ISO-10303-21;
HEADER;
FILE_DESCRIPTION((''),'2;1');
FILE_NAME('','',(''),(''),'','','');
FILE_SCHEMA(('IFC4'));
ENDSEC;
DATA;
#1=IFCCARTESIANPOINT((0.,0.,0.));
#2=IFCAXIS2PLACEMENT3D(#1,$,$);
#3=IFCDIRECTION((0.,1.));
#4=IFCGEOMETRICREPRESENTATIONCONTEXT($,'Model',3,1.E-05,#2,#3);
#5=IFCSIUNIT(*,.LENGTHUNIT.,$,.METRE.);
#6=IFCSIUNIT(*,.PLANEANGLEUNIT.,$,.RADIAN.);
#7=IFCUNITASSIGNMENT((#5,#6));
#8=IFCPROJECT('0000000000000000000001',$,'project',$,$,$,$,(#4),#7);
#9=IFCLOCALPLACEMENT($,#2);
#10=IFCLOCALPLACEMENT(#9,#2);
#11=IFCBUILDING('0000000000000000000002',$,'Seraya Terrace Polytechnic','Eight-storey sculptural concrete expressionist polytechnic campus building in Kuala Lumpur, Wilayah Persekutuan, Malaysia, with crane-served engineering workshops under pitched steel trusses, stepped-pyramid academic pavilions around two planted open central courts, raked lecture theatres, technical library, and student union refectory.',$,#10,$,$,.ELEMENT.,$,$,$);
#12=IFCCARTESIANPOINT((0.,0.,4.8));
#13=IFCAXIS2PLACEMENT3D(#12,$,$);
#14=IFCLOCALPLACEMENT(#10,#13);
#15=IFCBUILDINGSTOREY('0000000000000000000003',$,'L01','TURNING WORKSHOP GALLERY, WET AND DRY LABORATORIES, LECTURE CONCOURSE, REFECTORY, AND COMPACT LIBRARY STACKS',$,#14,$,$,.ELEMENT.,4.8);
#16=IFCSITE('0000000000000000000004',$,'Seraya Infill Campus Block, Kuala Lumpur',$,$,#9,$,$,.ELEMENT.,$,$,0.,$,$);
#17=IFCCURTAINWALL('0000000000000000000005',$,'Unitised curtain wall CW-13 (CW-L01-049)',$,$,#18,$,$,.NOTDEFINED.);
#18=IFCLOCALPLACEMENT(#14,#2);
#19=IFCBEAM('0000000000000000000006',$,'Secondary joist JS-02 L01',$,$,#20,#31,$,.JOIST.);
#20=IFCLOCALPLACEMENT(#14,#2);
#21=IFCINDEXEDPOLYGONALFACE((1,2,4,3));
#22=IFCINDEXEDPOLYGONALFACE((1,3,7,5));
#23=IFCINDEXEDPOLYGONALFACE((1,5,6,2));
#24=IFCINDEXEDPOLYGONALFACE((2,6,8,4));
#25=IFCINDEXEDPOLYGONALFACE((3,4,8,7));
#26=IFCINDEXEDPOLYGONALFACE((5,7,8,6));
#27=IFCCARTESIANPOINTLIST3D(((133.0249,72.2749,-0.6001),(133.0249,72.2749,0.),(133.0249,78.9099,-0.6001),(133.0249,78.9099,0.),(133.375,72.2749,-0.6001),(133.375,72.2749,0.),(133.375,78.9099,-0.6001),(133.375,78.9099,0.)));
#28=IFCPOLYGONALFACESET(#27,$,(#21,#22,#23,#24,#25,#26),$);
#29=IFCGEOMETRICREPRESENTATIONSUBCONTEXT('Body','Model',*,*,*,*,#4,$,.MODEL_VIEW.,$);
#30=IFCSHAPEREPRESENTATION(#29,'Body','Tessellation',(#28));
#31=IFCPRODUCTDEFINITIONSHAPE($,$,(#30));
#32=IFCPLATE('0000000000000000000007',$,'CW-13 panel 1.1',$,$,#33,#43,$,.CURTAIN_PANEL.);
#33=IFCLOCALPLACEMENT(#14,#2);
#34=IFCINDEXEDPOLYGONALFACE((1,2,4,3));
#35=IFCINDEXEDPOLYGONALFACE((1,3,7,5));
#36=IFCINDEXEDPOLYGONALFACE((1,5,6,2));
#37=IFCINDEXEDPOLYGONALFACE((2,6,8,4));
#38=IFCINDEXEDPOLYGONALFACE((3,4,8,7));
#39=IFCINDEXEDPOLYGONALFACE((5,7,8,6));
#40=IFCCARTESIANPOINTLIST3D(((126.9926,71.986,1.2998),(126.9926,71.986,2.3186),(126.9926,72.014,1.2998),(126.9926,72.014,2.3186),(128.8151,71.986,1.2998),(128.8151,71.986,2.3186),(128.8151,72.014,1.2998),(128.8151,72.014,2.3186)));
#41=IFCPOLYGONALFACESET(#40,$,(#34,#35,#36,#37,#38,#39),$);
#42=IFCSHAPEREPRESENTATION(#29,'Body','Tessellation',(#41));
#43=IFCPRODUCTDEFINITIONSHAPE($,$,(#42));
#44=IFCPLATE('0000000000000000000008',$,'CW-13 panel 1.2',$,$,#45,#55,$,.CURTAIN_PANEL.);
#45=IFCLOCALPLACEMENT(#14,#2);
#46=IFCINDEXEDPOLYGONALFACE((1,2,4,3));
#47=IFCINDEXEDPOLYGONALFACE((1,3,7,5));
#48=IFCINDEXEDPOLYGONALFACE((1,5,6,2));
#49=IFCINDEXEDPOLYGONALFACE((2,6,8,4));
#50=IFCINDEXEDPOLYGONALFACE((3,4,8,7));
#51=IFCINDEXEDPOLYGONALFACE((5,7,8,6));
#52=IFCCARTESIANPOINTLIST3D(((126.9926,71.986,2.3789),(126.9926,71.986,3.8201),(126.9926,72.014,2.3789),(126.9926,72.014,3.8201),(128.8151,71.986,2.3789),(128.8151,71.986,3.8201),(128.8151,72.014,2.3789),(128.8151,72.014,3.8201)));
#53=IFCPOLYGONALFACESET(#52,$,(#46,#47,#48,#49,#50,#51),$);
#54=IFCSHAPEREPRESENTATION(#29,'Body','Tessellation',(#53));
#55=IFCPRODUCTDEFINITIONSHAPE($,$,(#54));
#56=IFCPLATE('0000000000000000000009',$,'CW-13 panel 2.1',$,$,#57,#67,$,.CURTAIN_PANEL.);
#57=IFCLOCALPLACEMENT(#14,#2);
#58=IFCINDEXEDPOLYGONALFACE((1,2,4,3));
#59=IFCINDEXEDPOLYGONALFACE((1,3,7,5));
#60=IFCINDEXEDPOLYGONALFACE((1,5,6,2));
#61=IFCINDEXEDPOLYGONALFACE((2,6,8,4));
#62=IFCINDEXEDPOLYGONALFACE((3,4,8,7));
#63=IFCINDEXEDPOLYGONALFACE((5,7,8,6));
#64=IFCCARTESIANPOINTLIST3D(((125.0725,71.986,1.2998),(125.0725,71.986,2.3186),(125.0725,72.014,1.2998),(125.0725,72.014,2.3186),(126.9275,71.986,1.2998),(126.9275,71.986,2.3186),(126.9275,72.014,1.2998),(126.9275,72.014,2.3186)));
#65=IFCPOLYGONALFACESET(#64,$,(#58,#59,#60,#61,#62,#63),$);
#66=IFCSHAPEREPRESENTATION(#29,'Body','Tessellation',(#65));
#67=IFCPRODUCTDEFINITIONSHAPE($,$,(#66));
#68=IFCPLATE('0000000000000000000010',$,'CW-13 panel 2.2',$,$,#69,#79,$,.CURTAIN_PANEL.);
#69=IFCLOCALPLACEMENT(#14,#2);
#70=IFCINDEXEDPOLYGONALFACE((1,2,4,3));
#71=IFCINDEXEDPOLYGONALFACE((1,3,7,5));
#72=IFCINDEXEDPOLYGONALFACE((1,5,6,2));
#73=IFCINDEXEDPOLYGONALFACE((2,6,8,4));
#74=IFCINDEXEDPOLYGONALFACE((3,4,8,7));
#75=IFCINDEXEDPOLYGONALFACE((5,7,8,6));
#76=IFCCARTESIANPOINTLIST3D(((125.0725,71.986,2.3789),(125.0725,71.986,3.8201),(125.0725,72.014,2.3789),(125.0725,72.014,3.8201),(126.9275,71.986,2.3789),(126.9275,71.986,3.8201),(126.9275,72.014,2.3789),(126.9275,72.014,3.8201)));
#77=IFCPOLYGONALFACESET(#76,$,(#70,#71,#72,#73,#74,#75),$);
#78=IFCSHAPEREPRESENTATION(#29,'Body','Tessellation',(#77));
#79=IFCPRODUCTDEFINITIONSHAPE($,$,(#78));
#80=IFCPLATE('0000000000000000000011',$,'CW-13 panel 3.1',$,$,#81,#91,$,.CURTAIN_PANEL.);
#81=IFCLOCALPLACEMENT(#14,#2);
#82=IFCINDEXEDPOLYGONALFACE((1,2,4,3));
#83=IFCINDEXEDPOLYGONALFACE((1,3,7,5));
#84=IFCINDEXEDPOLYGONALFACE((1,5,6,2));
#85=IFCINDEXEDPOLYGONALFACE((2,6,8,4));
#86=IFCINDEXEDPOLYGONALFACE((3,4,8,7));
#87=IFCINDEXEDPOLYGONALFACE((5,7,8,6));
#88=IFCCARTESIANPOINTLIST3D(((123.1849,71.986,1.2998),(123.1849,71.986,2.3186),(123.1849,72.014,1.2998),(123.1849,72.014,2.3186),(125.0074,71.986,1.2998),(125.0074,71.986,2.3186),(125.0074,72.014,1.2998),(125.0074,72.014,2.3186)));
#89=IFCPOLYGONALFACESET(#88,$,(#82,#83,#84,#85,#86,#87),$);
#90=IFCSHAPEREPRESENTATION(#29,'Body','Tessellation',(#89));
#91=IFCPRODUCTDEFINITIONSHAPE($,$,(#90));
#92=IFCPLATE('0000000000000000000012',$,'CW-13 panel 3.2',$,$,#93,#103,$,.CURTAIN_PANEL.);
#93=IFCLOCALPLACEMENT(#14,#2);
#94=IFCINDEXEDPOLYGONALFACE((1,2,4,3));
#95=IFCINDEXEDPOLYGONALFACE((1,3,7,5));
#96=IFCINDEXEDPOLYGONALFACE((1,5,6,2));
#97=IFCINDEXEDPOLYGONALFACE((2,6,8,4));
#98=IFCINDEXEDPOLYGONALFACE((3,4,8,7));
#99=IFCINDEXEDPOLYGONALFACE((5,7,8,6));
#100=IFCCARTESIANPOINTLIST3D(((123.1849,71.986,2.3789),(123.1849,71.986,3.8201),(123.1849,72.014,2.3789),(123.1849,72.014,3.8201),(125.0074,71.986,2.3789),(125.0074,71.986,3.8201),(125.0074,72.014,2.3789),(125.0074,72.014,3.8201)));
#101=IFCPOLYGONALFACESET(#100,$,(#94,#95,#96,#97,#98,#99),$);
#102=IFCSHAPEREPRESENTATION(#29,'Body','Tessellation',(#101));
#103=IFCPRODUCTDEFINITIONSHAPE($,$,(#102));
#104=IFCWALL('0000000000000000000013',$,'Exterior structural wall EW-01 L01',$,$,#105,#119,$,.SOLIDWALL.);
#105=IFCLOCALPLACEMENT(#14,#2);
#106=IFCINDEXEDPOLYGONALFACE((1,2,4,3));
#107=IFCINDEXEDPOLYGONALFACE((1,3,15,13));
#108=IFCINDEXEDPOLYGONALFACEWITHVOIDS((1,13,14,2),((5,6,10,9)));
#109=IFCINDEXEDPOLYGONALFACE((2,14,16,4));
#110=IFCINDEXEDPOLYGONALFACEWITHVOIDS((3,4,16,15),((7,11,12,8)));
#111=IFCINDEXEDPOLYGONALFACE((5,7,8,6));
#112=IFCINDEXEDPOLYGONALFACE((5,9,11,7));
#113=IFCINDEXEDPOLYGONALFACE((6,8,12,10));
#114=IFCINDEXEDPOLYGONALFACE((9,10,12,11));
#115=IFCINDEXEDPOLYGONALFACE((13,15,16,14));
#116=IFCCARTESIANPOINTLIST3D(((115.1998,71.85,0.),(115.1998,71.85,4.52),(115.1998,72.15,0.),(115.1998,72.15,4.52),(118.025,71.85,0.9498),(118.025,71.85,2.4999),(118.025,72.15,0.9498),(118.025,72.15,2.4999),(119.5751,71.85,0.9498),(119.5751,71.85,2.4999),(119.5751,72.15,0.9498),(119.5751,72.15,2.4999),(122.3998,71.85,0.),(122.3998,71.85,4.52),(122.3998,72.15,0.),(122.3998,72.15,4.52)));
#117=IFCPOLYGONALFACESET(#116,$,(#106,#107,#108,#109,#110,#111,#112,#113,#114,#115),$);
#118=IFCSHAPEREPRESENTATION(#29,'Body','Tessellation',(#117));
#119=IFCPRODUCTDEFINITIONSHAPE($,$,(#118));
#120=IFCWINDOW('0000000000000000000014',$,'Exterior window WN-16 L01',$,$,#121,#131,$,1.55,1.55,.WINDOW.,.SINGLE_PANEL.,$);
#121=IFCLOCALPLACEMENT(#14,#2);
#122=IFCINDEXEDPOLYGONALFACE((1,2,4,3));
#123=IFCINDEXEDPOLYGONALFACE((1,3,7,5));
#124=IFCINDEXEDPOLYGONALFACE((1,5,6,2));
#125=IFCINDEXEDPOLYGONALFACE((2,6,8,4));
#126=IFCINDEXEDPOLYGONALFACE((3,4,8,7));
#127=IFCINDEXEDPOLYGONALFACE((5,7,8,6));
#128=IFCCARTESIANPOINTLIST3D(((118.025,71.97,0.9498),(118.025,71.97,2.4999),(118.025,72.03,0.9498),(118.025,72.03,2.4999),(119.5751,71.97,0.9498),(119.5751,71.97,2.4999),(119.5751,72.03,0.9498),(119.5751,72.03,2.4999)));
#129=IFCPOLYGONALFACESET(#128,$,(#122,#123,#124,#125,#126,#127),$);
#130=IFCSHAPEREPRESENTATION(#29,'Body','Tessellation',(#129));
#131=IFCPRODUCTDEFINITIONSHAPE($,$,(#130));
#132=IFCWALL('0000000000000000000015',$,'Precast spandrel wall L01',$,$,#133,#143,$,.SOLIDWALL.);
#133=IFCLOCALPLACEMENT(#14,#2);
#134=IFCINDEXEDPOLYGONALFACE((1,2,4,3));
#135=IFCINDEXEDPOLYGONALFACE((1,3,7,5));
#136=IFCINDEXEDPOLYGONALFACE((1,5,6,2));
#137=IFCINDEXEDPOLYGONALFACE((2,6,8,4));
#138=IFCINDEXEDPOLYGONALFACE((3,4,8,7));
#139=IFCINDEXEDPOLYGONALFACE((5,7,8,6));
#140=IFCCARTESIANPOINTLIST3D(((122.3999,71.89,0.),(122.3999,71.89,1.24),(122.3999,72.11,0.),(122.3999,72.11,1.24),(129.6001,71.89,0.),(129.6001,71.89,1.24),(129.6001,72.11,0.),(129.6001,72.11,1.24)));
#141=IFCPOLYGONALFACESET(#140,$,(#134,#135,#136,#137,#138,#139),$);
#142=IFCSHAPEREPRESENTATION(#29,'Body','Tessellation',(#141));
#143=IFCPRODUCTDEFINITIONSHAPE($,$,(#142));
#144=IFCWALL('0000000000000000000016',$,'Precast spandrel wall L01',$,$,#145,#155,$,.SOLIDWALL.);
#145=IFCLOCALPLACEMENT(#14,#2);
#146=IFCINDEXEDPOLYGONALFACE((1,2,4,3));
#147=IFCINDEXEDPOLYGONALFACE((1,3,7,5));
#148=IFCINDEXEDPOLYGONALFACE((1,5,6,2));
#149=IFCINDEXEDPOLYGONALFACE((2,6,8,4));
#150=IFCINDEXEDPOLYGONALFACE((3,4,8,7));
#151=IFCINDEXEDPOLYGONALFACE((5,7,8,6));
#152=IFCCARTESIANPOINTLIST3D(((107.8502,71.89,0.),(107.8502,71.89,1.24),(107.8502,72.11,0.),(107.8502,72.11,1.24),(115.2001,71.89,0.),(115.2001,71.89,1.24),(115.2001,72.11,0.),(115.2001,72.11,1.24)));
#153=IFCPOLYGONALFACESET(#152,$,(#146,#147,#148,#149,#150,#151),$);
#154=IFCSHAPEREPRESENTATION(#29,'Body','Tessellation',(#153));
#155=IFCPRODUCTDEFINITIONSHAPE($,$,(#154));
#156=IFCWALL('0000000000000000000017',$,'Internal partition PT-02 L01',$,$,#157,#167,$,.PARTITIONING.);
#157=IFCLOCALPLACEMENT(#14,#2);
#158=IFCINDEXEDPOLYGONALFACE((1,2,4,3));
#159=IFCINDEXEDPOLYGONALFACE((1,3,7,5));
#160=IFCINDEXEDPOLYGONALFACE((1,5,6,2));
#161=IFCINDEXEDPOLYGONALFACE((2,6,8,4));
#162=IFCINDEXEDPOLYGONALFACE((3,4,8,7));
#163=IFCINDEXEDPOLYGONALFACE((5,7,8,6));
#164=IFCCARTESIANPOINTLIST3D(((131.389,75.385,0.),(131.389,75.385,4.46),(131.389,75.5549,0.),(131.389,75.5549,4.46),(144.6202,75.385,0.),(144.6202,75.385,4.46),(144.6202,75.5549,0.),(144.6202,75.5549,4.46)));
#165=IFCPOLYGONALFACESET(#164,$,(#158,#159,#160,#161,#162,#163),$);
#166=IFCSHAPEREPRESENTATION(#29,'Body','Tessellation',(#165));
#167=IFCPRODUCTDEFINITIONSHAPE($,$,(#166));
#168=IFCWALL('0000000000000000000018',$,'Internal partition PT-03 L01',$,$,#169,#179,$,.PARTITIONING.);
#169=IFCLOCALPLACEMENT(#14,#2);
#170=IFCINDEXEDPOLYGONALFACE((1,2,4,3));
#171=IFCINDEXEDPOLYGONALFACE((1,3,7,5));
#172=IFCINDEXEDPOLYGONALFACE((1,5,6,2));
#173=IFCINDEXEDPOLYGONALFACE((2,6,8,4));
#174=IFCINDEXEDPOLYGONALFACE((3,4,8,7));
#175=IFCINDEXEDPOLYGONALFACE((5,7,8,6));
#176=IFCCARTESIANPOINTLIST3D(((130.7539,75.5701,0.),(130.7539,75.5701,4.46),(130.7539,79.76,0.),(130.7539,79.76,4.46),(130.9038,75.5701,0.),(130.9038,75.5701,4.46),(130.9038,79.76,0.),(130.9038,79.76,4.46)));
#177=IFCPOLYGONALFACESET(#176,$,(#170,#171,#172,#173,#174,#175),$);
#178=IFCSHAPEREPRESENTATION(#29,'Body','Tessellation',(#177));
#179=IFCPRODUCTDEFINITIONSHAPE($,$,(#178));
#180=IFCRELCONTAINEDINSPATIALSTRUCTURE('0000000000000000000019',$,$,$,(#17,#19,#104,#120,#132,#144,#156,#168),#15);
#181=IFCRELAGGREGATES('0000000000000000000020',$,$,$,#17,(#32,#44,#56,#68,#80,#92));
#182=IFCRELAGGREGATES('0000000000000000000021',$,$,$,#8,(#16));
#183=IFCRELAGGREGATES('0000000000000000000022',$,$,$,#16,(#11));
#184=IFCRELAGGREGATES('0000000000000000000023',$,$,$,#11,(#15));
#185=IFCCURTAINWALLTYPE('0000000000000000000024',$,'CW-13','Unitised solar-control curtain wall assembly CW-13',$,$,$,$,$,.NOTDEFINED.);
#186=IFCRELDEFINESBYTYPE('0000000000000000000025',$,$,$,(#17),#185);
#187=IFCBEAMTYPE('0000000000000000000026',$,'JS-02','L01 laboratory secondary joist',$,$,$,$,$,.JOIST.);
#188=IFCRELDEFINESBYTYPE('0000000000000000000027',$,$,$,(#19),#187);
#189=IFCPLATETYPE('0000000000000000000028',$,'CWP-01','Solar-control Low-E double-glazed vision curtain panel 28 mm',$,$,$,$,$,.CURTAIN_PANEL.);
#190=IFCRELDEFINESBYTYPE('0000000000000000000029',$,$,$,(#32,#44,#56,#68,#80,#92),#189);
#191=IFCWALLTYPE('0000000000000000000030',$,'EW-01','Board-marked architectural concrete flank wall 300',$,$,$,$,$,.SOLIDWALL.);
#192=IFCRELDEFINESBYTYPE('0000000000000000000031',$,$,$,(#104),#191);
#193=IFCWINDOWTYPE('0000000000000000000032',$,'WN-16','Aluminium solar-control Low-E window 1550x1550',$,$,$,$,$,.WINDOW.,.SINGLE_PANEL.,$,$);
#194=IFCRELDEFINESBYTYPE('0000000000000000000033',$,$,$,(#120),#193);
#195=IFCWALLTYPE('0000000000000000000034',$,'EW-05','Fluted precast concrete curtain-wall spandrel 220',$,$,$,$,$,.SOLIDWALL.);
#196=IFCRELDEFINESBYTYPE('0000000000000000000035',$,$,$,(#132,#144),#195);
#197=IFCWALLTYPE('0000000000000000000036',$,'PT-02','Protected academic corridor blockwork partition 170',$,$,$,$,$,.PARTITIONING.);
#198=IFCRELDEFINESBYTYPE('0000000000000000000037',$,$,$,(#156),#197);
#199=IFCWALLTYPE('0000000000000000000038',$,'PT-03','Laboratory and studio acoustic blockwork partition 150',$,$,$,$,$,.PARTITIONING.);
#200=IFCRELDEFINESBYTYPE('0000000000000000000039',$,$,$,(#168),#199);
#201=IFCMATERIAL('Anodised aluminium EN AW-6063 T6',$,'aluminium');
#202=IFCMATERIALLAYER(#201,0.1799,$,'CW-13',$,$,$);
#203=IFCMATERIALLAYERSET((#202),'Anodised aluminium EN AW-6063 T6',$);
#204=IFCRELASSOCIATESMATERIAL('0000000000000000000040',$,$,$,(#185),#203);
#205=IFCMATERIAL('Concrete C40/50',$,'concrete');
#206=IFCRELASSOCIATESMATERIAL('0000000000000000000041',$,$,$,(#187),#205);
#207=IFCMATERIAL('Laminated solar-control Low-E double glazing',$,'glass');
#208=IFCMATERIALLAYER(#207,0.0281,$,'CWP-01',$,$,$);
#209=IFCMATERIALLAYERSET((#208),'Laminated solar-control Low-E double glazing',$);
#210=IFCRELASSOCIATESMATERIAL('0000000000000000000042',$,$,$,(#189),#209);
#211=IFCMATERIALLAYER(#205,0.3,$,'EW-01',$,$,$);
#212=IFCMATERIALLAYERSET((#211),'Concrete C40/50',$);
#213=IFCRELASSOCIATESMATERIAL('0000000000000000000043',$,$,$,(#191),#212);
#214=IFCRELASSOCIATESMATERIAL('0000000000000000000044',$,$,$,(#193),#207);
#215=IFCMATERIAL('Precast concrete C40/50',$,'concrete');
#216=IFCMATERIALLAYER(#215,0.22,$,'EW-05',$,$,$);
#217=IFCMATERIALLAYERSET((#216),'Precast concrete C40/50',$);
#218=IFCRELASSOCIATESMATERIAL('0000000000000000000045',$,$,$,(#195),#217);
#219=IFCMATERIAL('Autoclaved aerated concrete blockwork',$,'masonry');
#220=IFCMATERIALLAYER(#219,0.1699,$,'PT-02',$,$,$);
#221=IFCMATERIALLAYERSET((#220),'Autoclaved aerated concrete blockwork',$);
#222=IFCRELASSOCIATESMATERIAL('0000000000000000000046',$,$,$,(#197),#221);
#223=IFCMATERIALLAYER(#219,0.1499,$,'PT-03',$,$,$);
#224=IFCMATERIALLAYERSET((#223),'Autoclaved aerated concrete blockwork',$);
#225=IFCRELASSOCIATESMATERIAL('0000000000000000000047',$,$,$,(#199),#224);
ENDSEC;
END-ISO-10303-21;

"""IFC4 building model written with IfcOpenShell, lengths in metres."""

from ifc_helpers import new_model, si_unit, direction, frame, frame_2d, origin, origin_2d, place, context, subcontext, project, spatial, rectangle, extrude, material, layer, layer_set, material_profile, profile_set, type_object, element, fill, aggregate, save


model = new_model("IFC4")

# Units and contexts
model_context = context("Model", 3, precision=1e-05, world=origin(), true_north=direction((0.0, 1.0)))
body_context = subcontext(model_context, "Body", "Model", "MODEL_VIEW")
ifc_project = project(units=[si_unit("LENGTHUNIT", "METRE"), si_unit("PLANEANGLEUNIT", "RADIAN")], contexts=[model_context])

# Site, building, storey
site_placement = place(None, origin())
site = spatial("IfcSite", under=ifc_project, at=site_placement, Name="Seraya Infill Campus Block, Kuala Lumpur", CompositionType="ELEMENT", RefElevation=0.0)
building_placement = place(site_placement, origin())
building = spatial("IfcBuilding", under=site, at=building_placement, Name="Seraya Terrace Polytechnic", Description="Eight-storey sculptural concrete expressionist polytechnic campus building in Kuala Lumpur, Wilayah Persekutuan, Malaysia, with crane-served engineering workshops under pitched steel trusses, stepped-pyramid academic pavilions around two planted open central courts, raked lecture theatres, technical library, and student union refectory.", CompositionType="ELEMENT")
storey_placement = place(building_placement, frame((0.0, 0.0, 4.8)))
storey = spatial("IfcBuildingStorey", under=building, at=storey_placement, Name="L01", Description="TURNING WORKSHOP GALLERY, WET AND DRY LABORATORIES, LECTURE CONCOURSE, REFECTORY, AND COMPACT LIBRARY STACKS", CompositionType="ELEMENT", Elevation=4.8)

# Shared definitions
ifc_material_1 = material(Name="Concrete C40/50", Category="concrete")

# Curtain wall
ifc_material_2 = material(Name="Anodised aluminium EN AW-6063 T6", Category="aluminium")
ifc_layer_1 = layer(ifc_material_2, 0.1799, Name="CW-13")
ifc_layer_set_1 = layer_set([ifc_layer_1], Name="Anodised aluminium EN AW-6063 T6")
curtain_wall_type = type_object("IfcCurtainWallType", Name="CW-13", Description="Unitised solar-control curtain wall assembly CW-13", PredefinedType="NOTDEFINED", material=ifc_layer_set_1)
curtain_wall_placement = place(storey_placement, origin())
curtain_wall = element("IfcCurtainWall", 1, at=curtain_wall_placement, inside=storey, type_object=curtain_wall_type, Name="Unitised curtain wall CW-13 (CW-L01-049)", PredefinedType="NOTDEFINED")

# Beam
ifc_material_profile_1 = material_profile(ifc_material_1, rectangle(XDim=0.3501, YDim=0.6001, at=origin_2d()), Name="RC 350x600")
ifc_profile_set_1 = profile_set([ifc_material_profile_1], Name="Concrete C40/50")
beam_type_1 = type_object("IfcBeamType", Name="JS-02", Description="L01 laboratory secondary joist", PredefinedType="JOIST", material=ifc_profile_set_1)
beam_1_placement = place(storey_placement, frame((133.2, 72.2749, -0.3), z_axis=(0.0, 1.0, 0.0), x_axis=(-1.0, 0.0, 0.0)))
element("IfcBeam", 2, at=beam_1_placement, inside=storey, type_object=beam_type_1, Name="Secondary joist JS-02 L01", PredefinedType="JOIST", context=body_context, shape_type="SweptSolid", body=[
    extrude(rectangle(XDim=0.3501, YDim=0.6001, at=origin_2d()), origin(), (0.0, 0.0, 1.0), 6.635),
])

# Plates
ifc_material_3 = material(Name="Laminated solar-control Low-E double glazing", Category="glass")
ifc_layer_2 = layer(ifc_material_3, 0.0281, Name="CWP-01")
ifc_layer_set_2 = layer_set([ifc_layer_2], Name="Laminated solar-control Low-E double glazing")
plate_type = type_object("IfcPlateType", Name="CWP-01", Description="Solar-control Low-E double-glazed vision curtain panel 28 mm", PredefinedType="CURTAIN_PANEL", material=ifc_layer_set_2)
plate_1_placement = place(storey_placement, frame((127.9038, 72.0, 1.2998), z_axis=(0.0, 0.0, 1.0), x_axis=(-1.0, 0.0, 0.0)))
plate_1 = element("IfcPlate", 3, at=plate_1_placement, type_object=plate_type, Name="CW-13 panel 1.1", PredefinedType="CURTAIN_PANEL", context=body_context, shape_type="SweptSolid", body=[
    extrude(rectangle(XDim=1.8225, YDim=0.0281, at=origin_2d()), origin(), (0.0, 0.0, 1.0), 1.0188),
])
plate_2_placement = place(storey_placement, frame((127.9038, 72.0, 2.3789), z_axis=(0.0, 0.0, 1.0), x_axis=(-1.0, 0.0, 0.0)))
plate_2 = element("IfcPlate", 4, at=plate_2_placement, type_object=plate_type, Name="CW-13 panel 1.2", PredefinedType="CURTAIN_PANEL", context=body_context, shape_type="SweptSolid", body=[
    extrude(rectangle(XDim=1.8225, YDim=0.0281, at=origin_2d()), origin(), (0.0, 0.0, 1.0), 1.4412),
])
plate_3_placement = place(storey_placement, frame((126.0, 72.0, 1.2998), z_axis=(0.0, 0.0, 1.0), x_axis=(-1.0, 0.0, 0.0)))
plate_3 = element("IfcPlate", 5, at=plate_3_placement, type_object=plate_type, Name="CW-13 panel 2.1", PredefinedType="CURTAIN_PANEL", context=body_context, shape_type="SweptSolid", body=[
    extrude(rectangle(XDim=1.855, YDim=0.0281, at=origin_2d()), origin(), (0.0, 0.0, 1.0), 1.0188),
])
plate_4_placement = place(storey_placement, frame((126.0, 72.0, 2.3789), z_axis=(0.0, 0.0, 1.0), x_axis=(-1.0, 0.0, 0.0)))
plate_4 = element("IfcPlate", 6, at=plate_4_placement, type_object=plate_type, Name="CW-13 panel 2.2", PredefinedType="CURTAIN_PANEL", context=body_context, shape_type="SweptSolid", body=[
    extrude(rectangle(XDim=1.855, YDim=0.0281, at=origin_2d()), origin(), (0.0, 0.0, 1.0), 1.4412),
])
plate_5_placement = place(storey_placement, frame((124.0962, 72.0, 1.2998), z_axis=(0.0, 0.0, 1.0), x_axis=(-1.0, 0.0, 0.0)))
plate_5 = element("IfcPlate", 7, at=plate_5_placement, type_object=plate_type, Name="CW-13 panel 3.1", PredefinedType="CURTAIN_PANEL", context=body_context, shape_type="SweptSolid", body=[
    extrude(rectangle(XDim=1.8225, YDim=0.0281, at=origin_2d()), origin(), (0.0, 0.0, 1.0), 1.0188),
])
plate_6_placement = place(storey_placement, frame((124.0962, 72.0, 2.3789), z_axis=(0.0, 0.0, 1.0), x_axis=(-1.0, 0.0, 0.0)))
plate_6 = element("IfcPlate", 8, at=plate_6_placement, type_object=plate_type, Name="CW-13 panel 3.2", PredefinedType="CURTAIN_PANEL", context=body_context, shape_type="SweptSolid", body=[
    extrude(rectangle(XDim=1.8225, YDim=0.0281, at=origin_2d()), origin(), (0.0, 0.0, 1.0), 1.4412),
])
aggregate(curtain_wall, [plate_1, plate_2, plate_3, plate_4, plate_5, plate_6])

# Wall, opening, window
ifc_layer_3 = layer(ifc_material_1, 0.3, Name="EW-01")
ifc_layer_set_3 = layer_set([ifc_layer_3], Name="Concrete C40/50")
wall_type_1 = type_object("IfcWallType", Name="EW-01", Description="Board-marked architectural concrete flank wall 300", PredefinedType="SOLIDWALL", material=ifc_layer_set_3)
wall_1_placement = place(storey_placement, frame((122.3999, 72.0, 0.0), z_axis=(0.0, 0.0, 1.0), x_axis=(-1.0, 0.0, 0.0)))
wall_1 = element("IfcWall", 9, at=wall_1_placement, inside=storey, type_object=wall_type_1, Name="Exterior structural wall EW-01 L01", PredefinedType="SOLIDWALL", context=body_context, shape_type="SweptSolid", body=[
    extrude(rectangle(XDim=7.2, YDim=0.3, at=frame_2d((3.6001, 0.0))), origin(), (0.0, 0.0, 1.0), 4.52),
])
opening_placement = place(wall_1_placement, frame((2.825, 0.0, 0.95)))
opening = element("IfcOpeningElement", 10, at=opening_placement, cuts=wall_1, PredefinedType="OPENING", context=body_context, shape_type="SweptSolid", body=[
    extrude(rectangle(XDim=1.55, YDim=1.55, at=frame_2d((0.7749, 0.7749))), frame((0.0, 0.1621, 0.0), z_axis=(0.0, -1.0, 0.0), x_axis=(1.0, 0.0, 0.0)), (0.0, 0.0, 1.0), 0.324),
])
window_type = type_object("IfcWindowType", Name="WN-16", Description="Aluminium solar-control Low-E window 1550x1550", PartitioningType="SINGLE_PANEL", PredefinedType="WINDOW", material=ifc_material_3)
window_placement = place(opening_placement, origin())
window = element("IfcWindow", 11, at=window_placement, inside=storey, type_object=window_type, Name="Exterior window WN-16 L01", OverallHeight=1.55, OverallWidth=1.55, PartitioningType="SINGLE_PANEL", PredefinedType="WINDOW", context=body_context, shape_type="SweptSolid", body=[
    extrude(rectangle(XDim=1.55, YDim=1.55, at=frame_2d((0.7749, 0.7749))), frame((0.0, 0.03, 0.0), z_axis=(0.0, -1.0, 0.0), x_axis=(1.0, 0.0, 0.0)), (0.0, 0.0, 1.0), 0.0601),
])
fill(opening, window)

# Walls
ifc_material_4 = material(Name="Precast concrete C40/50", Category="concrete")
ifc_layer_4 = layer(ifc_material_4, 0.22, Name="EW-05")
ifc_layer_set_4 = layer_set([ifc_layer_4], Name="Precast concrete C40/50")
wall_type_2 = type_object("IfcWallType", Name="EW-05", Description="Fluted precast concrete curtain-wall spandrel 220", PredefinedType="SOLIDWALL", material=ifc_layer_set_4)
wall_2_placement = place(storey_placement, frame((129.6001, 72.0, 0.0), z_axis=(0.0, 0.0, 1.0), x_axis=(-1.0, 0.0, 0.0)))
element("IfcWall", 12, at=wall_2_placement, inside=storey, type_object=wall_type_2, Name="Precast spandrel wall L01", PredefinedType="SOLIDWALL", context=body_context, shape_type="SweptSolid", body=[
    extrude(rectangle(XDim=7.2002, YDim=0.22, at=frame_2d((3.6001, 0.0))), origin(), (0.0, 0.0, 1.0), 1.24),
])
wall_3_placement = place(storey_placement, frame((115.2, 72.0, 0.0), z_axis=(0.0, 0.0, 1.0), x_axis=(-1.0, 0.0, 0.0)))
element("IfcWall", 13, at=wall_3_placement, inside=storey, type_object=wall_type_2, Name="Precast spandrel wall L01", PredefinedType="SOLIDWALL", context=body_context, shape_type="SweptSolid", body=[
    extrude(rectangle(XDim=7.3499, YDim=0.22, at=frame_2d((3.6748, 0.0))), origin(), (0.0, 0.0, 1.0), 1.24),
])
ifc_material_5 = material(Name="Autoclaved aerated concrete blockwork", Category="masonry")
ifc_layer_5 = layer(ifc_material_5, 0.1699, Name="PT-02")
ifc_layer_set_5 = layer_set([ifc_layer_5], Name="Autoclaved aerated concrete blockwork")
wall_type_3 = type_object("IfcWallType", Name="PT-02", Description="Protected academic corridor blockwork partition 170", PredefinedType="PARTITIONING", material=ifc_layer_set_5)
wall_4_placement = place(storey_placement, frame((131.3889, 75.47, 0.0), z_axis=(0.0, 0.0, 1.0), x_axis=(1.0, 0.0, 0.0)))
element("IfcWall", 14, at=wall_4_placement, inside=storey, type_object=wall_type_3, Name="Internal partition PT-02 L01", PredefinedType="PARTITIONING", context=body_context, shape_type="SweptSolid", body=[
    extrude(rectangle(XDim=13.2312, YDim=0.1699, at=frame_2d((6.6157, 0.0))), origin(), (0.0, 0.0, 1.0), 4.46),
])
ifc_layer_6 = layer(ifc_material_5, 0.1499, Name="PT-03")
ifc_layer_set_6 = layer_set([ifc_layer_6], Name="Autoclaved aerated concrete blockwork")
wall_type_4 = type_object("IfcWallType", Name="PT-03", Description="Laboratory and studio acoustic blockwork partition 150", PredefinedType="PARTITIONING", material=ifc_layer_set_6)
wall_5_placement = place(storey_placement, frame((130.8289, 75.5701, 0.0), z_axis=(0.0, 0.0, 1.0), x_axis=(0.0, 1.0, 0.0)))
element("IfcWall", 15, at=wall_5_placement, inside=storey, type_object=wall_type_4, Name="Internal partition PT-03 L01", PredefinedType="PARTITIONING", context=body_context, shape_type="SweptSolid", body=[
    extrude(rectangle(XDim=4.1899, YDim=0.1499, at=frame_2d((2.095, 0.0))), origin(), (0.0, 0.0, 1.0), 4.46),
])

save(model, "model.ifc")
